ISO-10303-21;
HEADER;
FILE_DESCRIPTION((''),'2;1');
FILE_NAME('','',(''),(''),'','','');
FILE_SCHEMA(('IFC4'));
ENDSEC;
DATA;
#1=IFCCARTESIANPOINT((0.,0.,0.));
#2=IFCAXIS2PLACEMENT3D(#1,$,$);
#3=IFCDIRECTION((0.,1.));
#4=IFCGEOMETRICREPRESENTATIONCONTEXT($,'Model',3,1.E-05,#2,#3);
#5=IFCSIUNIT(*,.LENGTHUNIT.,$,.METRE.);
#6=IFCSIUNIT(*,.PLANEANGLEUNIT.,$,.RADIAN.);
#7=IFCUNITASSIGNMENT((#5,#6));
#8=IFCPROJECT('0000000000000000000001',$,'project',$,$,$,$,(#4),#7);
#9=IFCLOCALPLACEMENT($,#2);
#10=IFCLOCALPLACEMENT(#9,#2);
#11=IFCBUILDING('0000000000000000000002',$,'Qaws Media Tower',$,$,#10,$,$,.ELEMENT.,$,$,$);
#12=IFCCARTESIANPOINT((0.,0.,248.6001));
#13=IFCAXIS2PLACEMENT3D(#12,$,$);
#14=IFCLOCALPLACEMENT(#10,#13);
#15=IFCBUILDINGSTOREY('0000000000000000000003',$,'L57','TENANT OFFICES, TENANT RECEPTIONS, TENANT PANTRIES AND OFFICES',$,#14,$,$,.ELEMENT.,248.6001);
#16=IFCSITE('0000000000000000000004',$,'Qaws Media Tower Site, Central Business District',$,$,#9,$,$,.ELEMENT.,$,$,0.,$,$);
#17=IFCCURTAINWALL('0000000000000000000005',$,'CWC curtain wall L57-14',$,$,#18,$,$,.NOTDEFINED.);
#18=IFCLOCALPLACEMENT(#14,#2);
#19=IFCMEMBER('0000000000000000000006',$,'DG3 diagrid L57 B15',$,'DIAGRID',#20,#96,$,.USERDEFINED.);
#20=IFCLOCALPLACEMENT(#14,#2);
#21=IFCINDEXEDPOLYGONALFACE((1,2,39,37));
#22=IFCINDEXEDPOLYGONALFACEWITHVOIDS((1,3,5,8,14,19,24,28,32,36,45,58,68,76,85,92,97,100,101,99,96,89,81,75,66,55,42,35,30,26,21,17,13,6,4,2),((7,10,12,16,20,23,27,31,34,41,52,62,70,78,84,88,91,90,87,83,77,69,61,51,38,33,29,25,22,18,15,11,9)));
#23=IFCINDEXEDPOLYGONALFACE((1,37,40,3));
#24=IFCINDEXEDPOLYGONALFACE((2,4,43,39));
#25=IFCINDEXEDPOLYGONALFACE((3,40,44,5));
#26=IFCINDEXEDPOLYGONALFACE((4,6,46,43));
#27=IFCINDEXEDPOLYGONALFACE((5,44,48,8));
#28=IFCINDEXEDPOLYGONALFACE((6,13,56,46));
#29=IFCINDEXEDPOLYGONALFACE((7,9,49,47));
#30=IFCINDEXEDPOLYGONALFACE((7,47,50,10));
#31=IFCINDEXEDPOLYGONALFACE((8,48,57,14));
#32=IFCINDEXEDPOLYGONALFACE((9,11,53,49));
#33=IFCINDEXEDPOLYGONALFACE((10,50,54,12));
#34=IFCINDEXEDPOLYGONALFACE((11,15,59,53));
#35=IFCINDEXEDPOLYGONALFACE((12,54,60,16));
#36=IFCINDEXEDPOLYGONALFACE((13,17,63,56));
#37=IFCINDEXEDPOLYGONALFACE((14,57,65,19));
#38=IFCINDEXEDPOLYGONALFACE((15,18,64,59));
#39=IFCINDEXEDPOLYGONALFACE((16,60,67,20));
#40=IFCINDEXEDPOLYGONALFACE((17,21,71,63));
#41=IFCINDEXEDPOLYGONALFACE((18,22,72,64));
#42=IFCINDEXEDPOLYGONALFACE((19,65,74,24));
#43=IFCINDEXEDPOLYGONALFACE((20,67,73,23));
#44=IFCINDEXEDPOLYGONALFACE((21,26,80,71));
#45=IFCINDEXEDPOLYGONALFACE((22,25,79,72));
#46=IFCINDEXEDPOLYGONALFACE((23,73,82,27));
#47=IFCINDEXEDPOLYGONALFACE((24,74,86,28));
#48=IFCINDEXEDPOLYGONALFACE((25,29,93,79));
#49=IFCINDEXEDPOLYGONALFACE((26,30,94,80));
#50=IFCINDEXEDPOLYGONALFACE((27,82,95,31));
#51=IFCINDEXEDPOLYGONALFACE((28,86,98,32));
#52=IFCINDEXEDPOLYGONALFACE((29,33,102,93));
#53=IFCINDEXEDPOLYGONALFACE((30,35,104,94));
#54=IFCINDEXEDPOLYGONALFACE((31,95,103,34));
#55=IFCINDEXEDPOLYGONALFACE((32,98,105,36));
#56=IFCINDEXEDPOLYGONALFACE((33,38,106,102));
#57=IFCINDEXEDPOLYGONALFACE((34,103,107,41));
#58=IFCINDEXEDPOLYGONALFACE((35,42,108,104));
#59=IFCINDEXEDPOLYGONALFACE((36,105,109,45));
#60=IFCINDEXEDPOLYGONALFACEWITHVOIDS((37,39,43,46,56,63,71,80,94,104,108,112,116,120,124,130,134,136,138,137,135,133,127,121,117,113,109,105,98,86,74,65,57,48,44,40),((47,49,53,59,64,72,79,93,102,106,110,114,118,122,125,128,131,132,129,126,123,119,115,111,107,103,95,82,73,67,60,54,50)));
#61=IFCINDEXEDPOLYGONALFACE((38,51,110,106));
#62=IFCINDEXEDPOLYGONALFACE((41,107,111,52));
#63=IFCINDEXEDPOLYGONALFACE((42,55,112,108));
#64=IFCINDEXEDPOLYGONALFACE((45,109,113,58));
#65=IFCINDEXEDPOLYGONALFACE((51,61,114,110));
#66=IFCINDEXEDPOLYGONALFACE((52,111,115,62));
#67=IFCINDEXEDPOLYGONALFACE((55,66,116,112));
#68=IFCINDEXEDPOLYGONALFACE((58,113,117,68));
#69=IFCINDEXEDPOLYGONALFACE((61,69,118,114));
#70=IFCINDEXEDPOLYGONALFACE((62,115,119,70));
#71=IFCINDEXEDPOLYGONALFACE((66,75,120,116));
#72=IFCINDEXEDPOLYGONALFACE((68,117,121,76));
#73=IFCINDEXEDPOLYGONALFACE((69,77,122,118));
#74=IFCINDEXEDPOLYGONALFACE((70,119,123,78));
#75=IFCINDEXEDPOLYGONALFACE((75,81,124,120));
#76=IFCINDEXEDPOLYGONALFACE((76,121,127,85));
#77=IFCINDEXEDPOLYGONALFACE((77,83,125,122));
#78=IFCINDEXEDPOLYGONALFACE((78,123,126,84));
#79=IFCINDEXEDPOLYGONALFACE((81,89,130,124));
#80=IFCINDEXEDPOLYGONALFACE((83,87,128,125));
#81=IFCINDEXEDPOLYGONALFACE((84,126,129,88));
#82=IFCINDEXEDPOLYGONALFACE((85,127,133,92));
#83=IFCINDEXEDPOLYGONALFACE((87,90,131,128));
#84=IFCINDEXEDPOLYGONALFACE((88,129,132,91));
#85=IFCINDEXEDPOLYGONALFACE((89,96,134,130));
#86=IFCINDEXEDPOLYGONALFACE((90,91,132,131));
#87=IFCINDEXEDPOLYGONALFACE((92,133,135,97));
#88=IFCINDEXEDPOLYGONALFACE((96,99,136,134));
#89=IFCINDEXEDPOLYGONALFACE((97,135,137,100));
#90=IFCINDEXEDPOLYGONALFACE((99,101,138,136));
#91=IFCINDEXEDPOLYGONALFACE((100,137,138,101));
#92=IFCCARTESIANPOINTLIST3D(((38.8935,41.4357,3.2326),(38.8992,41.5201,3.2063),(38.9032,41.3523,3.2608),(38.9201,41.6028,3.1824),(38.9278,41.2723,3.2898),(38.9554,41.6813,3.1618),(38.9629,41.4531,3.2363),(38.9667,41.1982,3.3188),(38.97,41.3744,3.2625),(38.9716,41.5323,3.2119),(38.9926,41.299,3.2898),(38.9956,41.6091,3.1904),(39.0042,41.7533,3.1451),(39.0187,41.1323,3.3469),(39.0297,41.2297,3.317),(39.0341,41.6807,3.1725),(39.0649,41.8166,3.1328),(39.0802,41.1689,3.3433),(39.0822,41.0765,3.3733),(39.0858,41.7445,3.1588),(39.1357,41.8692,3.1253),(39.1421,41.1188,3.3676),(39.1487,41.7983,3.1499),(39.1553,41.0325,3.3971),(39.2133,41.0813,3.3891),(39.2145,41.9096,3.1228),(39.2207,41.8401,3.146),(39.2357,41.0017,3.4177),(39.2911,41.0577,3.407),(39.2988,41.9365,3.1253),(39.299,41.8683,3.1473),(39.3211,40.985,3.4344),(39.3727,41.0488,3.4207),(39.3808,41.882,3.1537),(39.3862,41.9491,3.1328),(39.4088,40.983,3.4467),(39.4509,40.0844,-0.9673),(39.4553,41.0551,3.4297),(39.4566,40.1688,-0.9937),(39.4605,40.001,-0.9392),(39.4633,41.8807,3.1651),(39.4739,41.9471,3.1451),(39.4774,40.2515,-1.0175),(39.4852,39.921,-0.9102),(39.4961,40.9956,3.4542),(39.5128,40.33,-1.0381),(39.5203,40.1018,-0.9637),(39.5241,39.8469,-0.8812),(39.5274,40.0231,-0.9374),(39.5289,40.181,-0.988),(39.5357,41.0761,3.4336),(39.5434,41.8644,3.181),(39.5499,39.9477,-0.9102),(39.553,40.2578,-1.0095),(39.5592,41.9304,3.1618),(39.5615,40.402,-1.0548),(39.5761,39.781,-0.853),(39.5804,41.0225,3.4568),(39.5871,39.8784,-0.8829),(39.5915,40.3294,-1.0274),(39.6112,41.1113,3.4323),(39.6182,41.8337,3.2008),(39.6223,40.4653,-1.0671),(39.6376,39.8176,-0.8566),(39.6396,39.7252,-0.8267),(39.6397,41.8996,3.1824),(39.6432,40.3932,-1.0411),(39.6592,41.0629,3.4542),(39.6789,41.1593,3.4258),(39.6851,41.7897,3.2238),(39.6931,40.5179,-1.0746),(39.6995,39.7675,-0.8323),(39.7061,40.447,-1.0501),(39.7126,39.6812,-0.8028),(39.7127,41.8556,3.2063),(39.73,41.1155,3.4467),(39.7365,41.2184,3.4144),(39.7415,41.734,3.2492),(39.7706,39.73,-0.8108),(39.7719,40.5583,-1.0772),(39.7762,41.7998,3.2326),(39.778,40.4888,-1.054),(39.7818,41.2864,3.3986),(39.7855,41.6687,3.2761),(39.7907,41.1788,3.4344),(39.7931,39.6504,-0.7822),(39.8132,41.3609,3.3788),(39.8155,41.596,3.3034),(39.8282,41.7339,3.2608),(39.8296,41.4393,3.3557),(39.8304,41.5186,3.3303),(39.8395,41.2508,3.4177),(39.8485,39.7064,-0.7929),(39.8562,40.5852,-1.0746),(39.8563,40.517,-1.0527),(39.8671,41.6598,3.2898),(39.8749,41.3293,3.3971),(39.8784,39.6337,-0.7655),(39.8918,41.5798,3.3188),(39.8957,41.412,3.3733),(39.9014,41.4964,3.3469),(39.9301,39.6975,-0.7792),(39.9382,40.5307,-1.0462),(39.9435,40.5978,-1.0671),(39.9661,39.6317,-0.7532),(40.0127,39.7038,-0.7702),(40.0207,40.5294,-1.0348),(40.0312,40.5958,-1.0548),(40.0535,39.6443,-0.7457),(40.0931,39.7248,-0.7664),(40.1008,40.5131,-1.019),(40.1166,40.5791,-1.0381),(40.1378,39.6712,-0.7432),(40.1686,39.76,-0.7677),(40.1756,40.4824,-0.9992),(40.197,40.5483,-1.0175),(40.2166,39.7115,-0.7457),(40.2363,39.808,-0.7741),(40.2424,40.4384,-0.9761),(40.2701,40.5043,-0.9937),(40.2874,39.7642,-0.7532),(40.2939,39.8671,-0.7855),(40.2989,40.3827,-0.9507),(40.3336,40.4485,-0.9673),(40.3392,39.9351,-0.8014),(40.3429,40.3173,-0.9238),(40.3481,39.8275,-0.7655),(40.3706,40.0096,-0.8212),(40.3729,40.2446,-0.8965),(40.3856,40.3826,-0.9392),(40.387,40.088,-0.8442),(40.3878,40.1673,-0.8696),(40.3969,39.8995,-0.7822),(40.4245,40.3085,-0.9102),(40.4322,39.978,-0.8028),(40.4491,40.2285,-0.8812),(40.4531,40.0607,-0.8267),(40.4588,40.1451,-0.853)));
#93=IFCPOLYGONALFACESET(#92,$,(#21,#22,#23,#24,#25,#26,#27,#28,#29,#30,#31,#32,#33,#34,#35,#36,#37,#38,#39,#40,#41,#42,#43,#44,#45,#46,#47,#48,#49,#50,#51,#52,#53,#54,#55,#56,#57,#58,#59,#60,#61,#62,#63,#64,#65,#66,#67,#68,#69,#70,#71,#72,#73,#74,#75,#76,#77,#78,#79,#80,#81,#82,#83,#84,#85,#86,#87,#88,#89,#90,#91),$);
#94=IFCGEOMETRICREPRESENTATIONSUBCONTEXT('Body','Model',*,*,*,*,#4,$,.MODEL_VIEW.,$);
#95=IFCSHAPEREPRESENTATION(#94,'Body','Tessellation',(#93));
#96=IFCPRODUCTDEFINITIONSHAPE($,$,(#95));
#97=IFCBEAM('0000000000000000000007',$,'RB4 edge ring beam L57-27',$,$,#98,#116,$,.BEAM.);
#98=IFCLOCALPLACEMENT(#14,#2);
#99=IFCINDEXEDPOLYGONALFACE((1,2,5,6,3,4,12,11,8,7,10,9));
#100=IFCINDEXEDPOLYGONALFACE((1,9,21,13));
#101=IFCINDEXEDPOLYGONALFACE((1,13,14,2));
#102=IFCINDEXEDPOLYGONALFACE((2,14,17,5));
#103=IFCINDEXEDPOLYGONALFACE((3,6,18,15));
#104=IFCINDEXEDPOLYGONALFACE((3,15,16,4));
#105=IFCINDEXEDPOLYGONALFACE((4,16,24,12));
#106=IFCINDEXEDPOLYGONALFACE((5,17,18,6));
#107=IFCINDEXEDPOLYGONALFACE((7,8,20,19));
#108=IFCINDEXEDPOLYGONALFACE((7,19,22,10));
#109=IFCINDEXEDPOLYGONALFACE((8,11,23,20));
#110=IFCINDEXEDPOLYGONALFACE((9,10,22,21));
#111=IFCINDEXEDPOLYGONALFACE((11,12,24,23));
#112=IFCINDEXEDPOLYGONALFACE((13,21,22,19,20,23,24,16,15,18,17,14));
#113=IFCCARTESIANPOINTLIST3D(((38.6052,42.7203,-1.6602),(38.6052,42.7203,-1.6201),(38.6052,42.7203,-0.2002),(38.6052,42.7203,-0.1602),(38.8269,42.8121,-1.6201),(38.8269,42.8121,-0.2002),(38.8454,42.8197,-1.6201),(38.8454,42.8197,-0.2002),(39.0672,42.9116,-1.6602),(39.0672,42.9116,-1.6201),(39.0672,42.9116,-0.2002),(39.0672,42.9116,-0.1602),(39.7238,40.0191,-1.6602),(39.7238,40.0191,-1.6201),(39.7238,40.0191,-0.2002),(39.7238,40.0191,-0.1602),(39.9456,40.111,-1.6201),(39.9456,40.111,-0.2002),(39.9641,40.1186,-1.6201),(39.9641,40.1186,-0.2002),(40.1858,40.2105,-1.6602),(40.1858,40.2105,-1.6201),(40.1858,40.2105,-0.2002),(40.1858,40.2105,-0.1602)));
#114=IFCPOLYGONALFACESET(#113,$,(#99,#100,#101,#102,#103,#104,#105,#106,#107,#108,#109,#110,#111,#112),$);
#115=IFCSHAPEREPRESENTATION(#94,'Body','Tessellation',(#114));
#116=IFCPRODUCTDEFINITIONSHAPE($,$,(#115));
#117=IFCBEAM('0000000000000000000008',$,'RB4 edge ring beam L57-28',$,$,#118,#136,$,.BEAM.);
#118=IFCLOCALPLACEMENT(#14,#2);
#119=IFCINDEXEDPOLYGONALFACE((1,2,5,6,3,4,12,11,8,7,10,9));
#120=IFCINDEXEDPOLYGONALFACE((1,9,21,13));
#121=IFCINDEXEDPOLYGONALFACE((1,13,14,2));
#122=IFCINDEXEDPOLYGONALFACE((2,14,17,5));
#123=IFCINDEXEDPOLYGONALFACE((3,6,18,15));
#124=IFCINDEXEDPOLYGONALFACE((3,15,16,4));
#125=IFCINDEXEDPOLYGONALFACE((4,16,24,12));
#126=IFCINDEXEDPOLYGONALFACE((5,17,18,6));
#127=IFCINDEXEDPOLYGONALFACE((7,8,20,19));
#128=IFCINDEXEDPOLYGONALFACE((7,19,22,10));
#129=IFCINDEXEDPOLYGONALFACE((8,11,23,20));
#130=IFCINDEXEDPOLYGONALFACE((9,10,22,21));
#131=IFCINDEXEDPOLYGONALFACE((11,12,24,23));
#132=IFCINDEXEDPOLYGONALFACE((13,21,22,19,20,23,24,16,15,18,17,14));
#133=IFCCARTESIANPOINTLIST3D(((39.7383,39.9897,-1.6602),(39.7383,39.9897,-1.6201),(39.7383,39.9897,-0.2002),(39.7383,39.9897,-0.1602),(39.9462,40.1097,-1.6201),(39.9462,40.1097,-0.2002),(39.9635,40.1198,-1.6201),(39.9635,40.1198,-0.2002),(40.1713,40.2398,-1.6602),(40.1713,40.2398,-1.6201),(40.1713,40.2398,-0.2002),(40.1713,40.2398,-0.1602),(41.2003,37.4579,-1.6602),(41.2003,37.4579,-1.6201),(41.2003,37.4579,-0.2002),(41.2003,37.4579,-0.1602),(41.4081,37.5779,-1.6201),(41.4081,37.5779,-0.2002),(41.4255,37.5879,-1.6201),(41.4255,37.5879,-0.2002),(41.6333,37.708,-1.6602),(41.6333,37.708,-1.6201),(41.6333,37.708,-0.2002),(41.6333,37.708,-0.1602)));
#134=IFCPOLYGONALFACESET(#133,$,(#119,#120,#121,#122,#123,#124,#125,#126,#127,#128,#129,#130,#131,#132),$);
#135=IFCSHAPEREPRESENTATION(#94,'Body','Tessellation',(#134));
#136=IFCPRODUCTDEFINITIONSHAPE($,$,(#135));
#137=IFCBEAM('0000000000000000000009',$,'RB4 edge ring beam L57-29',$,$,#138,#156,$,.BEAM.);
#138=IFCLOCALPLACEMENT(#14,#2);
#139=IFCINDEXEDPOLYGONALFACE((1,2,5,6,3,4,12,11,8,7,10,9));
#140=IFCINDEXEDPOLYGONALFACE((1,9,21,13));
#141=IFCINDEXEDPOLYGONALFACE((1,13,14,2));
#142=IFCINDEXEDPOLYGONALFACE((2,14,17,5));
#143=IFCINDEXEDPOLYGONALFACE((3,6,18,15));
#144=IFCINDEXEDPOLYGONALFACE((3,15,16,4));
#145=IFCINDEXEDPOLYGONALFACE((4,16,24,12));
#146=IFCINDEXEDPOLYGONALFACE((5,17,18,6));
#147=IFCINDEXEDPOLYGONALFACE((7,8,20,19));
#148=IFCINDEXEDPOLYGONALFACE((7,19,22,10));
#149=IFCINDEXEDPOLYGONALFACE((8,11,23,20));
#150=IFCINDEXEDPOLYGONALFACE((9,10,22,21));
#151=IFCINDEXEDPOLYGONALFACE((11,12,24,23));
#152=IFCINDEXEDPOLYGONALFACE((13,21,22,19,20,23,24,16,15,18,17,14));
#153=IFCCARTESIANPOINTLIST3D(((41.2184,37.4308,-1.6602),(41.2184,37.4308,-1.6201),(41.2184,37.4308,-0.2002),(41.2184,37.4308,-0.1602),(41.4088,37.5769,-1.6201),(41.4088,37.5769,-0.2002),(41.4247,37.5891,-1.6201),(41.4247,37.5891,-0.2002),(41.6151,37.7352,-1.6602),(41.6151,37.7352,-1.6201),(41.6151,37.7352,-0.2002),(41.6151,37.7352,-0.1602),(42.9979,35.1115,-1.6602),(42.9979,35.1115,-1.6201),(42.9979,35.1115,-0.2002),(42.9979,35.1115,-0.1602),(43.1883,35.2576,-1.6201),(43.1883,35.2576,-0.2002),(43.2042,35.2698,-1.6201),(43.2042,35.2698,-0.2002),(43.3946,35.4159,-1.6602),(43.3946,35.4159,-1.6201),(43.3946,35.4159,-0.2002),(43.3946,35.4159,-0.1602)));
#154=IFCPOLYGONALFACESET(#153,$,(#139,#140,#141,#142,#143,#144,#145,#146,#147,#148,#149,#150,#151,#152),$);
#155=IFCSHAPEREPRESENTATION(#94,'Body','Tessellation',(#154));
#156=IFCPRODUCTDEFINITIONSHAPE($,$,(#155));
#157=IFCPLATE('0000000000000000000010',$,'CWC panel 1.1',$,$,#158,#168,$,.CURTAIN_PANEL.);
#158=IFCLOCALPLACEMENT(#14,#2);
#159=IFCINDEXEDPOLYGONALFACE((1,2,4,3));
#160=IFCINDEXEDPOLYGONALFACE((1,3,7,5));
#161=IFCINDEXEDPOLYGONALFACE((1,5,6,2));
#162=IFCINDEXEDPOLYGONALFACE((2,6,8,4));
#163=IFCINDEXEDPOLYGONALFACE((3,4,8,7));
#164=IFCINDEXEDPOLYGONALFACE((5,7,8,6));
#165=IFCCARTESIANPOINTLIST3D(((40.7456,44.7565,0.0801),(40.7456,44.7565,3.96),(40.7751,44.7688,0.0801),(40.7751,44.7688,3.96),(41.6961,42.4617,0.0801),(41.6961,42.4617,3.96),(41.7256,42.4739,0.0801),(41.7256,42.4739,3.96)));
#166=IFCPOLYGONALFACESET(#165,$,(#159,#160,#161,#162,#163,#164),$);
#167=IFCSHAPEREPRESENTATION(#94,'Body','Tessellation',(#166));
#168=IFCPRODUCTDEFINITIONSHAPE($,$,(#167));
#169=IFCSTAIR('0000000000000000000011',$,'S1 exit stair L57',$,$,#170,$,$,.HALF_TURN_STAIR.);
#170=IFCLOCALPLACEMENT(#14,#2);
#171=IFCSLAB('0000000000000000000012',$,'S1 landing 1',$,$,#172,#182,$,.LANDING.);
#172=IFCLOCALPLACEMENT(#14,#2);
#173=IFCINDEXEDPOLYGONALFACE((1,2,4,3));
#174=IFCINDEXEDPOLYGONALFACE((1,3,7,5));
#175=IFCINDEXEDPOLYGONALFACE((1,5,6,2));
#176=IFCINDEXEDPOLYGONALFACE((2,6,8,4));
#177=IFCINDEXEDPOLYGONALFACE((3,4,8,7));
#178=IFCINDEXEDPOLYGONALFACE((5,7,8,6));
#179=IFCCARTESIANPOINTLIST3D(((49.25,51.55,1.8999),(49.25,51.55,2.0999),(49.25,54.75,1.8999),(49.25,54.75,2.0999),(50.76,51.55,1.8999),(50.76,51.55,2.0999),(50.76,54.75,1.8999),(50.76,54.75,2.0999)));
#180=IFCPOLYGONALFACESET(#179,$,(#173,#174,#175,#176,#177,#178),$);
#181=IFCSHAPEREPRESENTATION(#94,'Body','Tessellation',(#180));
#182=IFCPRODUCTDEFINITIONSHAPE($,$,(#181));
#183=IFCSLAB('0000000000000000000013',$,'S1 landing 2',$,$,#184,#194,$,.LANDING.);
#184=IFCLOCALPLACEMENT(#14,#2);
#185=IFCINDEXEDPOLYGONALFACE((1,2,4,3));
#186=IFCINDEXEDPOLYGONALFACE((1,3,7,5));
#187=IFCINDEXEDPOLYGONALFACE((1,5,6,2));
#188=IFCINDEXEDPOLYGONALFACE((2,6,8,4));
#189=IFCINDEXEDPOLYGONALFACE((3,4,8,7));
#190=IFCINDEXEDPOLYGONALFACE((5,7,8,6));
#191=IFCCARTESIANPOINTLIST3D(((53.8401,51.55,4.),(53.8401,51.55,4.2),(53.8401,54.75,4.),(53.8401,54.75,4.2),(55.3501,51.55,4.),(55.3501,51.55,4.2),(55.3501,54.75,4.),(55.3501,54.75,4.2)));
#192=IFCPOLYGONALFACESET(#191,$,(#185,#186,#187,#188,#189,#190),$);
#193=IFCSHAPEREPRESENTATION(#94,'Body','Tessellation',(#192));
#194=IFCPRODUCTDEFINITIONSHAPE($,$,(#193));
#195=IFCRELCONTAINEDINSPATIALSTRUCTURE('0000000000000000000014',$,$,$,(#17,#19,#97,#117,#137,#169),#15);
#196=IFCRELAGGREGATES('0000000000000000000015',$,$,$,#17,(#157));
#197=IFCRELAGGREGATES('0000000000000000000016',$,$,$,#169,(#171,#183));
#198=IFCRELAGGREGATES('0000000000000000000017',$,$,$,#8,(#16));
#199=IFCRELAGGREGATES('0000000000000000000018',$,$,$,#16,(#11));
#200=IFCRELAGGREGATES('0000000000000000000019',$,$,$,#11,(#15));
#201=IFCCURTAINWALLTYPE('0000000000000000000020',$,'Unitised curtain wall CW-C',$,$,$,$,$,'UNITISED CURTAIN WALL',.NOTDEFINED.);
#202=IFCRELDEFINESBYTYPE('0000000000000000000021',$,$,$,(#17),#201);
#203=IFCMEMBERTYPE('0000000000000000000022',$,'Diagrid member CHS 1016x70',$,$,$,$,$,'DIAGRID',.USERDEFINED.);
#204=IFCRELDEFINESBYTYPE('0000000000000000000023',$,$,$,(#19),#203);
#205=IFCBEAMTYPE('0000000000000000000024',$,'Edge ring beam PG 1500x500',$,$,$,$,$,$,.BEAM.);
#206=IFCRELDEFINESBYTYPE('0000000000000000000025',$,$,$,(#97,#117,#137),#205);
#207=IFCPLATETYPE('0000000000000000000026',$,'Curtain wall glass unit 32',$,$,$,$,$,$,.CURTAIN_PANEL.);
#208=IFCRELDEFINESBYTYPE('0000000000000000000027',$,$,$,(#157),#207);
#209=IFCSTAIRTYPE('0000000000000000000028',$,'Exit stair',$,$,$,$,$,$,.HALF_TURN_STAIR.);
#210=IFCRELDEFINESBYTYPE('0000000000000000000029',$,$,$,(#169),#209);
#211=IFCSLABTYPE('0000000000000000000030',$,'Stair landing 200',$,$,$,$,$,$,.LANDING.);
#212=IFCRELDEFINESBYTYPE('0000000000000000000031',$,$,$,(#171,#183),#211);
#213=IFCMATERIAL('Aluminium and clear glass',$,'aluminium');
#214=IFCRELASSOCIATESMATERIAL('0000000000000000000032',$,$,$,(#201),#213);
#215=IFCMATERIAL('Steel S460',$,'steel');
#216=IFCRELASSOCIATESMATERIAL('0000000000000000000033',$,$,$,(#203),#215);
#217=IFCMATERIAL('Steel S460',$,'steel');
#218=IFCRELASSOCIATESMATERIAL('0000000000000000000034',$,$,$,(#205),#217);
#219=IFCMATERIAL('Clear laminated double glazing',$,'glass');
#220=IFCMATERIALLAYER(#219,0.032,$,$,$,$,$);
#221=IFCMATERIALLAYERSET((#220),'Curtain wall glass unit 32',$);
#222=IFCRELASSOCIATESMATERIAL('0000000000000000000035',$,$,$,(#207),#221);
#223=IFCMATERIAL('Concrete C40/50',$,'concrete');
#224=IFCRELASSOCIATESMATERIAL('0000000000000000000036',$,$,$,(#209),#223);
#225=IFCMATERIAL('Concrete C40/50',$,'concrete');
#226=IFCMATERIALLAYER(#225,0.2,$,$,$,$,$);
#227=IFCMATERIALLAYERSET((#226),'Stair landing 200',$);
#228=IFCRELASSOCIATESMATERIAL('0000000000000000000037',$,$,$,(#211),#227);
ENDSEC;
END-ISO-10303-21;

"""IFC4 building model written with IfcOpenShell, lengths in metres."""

from ifc_helpers import new_model, si_unit, direction, frame, origin, origin_2d, place, context, subcontext, project, spatial, polyline, rectangle, hollow_circle, i_section, outline, extrude, material, layer, layer_set, material_profile, profile_set, type_object, element, aggregate, save


model = new_model("IFC4")

# Units and contexts
model_context = context("Model", 3, precision=1e-05, world=origin(), true_north=direction((0.0, 1.0)))
body_context = subcontext(model_context, "Body", "Model", "MODEL_VIEW")
ifc_project = project(units=[si_unit("LENGTHUNIT", "METRE"), si_unit("PLANEANGLEUNIT", "RADIAN")], contexts=[model_context])

# Site, building, storey
site_placement = place(None, origin())
site = spatial("IfcSite", under=ifc_project, at=site_placement, Name="Qaws Media Tower Site, Central Business District", CompositionType="ELEMENT", RefElevation=0.0)
building_placement = place(site_placement, origin())
building = spatial("IfcBuilding", under=site, at=building_placement, Name="Qaws Media Tower", CompositionType="ELEMENT")
storey_placement = place(building_placement, frame((0.0, 0.0, 248.6001)))
storey = spatial("IfcBuildingStorey", under=building, at=storey_placement, Name="L57", Description="TENANT OFFICES, TENANT RECEPTIONS, TENANT PANTRIES AND OFFICES", CompositionType="ELEMENT", Elevation=248.6001)

# Curtain wall
ifc_material_1 = material(Name="Aluminium and clear glass", Category="aluminium")
curtain_wall_type = type_object("IfcCurtainWallType", Name="Unitised curtain wall CW-C", ElementType="UNITISED CURTAIN WALL", PredefinedType="NOTDEFINED", material=ifc_material_1)
curtain_wall_placement = place(storey_placement, origin())
curtain_wall = element("IfcCurtainWall", 1, at=curtain_wall_placement, inside=storey, type_object=curtain_wall_type, Name="CWC curtain wall L57-14", PredefinedType="NOTDEFINED")

# Member
ifc_material_2 = material(Name="Steel S460", Category="steel")
ifc_material_profile_1 = material_profile(ifc_material_2, hollow_circle(Radius=0.5081, WallThickness=0.0701, at=origin_2d()), Name="CHS 1016x70")
ifc_profile_set_1 = profile_set([ifc_material_profile_1], Name="Steel S460")
member_type_1 = type_object("IfcMemberType", Name="Diagrid member CHS 1016x70", ElementType="DIAGRID", PredefinedType="USERDEFINED", material=ifc_profile_set_1)
for number, where, z_axis, x_axis, name in (
    (2, (39.9548, 40.1147, -0.9102), (-0.125335, 0.303868, 0.944434), (-0.92445, -0.381304, 0.0), "DG3 diagrid L57 B15"),
):
    element("IfcMember", number, at=place(storey_placement, frame(where, z_axis=z_axis, x_axis=x_axis)), inside=storey, type_object=member_type_1, Name=name, ObjectType="DIAGRID", PredefinedType="USERDEFINED", context=body_context, shape_type="SweptSolid", body=[
        extrude(hollow_circle(Radius=0.5081, WallThickness=0.0701, at=origin_2d()), origin(), (0.0, 0.0, 1.0), 4.447),
    ])

# Beams
ifc_material_3 = material(Name="Steel S460", Category="steel")
ifc_material_profile_2 = material_profile(ifc_material_3, i_section(OverallWidth=0.5, OverallDepth=1.5, WebThickness=0.02, FlangeThickness=0.04, at=origin_2d()), Name="PG 1500x500")
ifc_profile_set_2 = profile_set([ifc_material_profile_2], Name="Steel S460")
beam_type = type_object("IfcBeamType", Name="Edge ring beam PG 1500x500", PredefinedType="BEAM", material=ifc_profile_set_2)
for number, where, z_axis, x_axis, name in (
    (3, (38.8362, 42.8159, -0.9102), (0.382622, -0.923905, 0.0), (0.923905, 0.382622, 0.0), "RB4 edge ring beam L57-27"),
    (4, (39.9548, 40.1147, -0.9102), (0.500055, -0.865994, 0.0), (0.865994, 0.500055, 0.0), "RB4 edge ring beam L57-28"),
):
    element("IfcBeam", number, at=place(storey_placement, frame(where, z_axis=z_axis, x_axis=x_axis)), inside=storey, type_object=beam_type, Name=name, PredefinedType="BEAM", context=body_context, shape_type="SweptSolid", body=[
        extrude(i_section(OverallWidth=0.5, OverallDepth=1.5, WebThickness=0.02, FlangeThickness=0.04, at=origin_2d()), origin(), (0.0, 0.0, 1.0), 2.9236),
    ])
beam_placement = place(storey_placement, frame((41.4167, 37.583, -0.9102), z_axis=(0.60873, -0.793378, 0.0), x_axis=(0.793378, 0.60873, 0.0)))
element("IfcBeam", 5, at=beam_placement, inside=storey, type_object=beam_type, Name="RB4 edge ring beam L57-29", PredefinedType="BEAM", context=body_context, shape_type="SweptSolid", body=[
    extrude(i_section(OverallWidth=0.5, OverallDepth=1.5, WebThickness=0.02, FlangeThickness=0.04, at=origin_2d()), origin(), (0.0, 0.0, 1.0), 2.9233),
])

# Plate
ifc_material_4 = material(Name="Clear laminated double glazing", Category="glass")
ifc_layer_1 = layer(ifc_material_4, 0.032)
ifc_layer_set_1 = layer_set([ifc_layer_1], Name="Curtain wall glass unit 32")
plate_type = type_object("IfcPlateType", Name="Curtain wall glass unit 32", PredefinedType="CURTAIN_PANEL", material=ifc_layer_set_1)
plate_placement = place(storey_placement, frame((41.2356, 43.6152, 0.0801), z_axis=(0.0, 0.0, 1.0), x_axis=(0.382683, -0.92388, 0.0)))
plate = element("IfcPlate", 6, at=plate_placement, type_object=plate_type, Name="CWC panel 1.1", PredefinedType="CURTAIN_PANEL", context=body_context, shape_type="SweptSolid", body=[
    extrude(rectangle(XDim=2.4839, YDim=0.032, at=origin_2d()), origin(), (0.0, 0.0, 1.0), 3.8799),
])
aggregate(curtain_wall, [plate])

# Stair, slabs
ifc_material_5 = material(Name="Concrete C40/50", Category="concrete")
stair_type = type_object("IfcStairType", Name="Exit stair", PredefinedType="HALF_TURN_STAIR", material=ifc_material_5)
stair_1_placement = place(storey_placement, origin())
stair_1 = element("IfcStair", 7, at=stair_1_placement, inside=storey, type_object=stair_type, Name="S1 exit stair L57", PredefinedType="HALF_TURN_STAIR")
ifc_material_6 = material(Name="Concrete C40/50", Category="concrete")
ifc_layer_2 = layer(ifc_material_6, 0.2)
ifc_layer_set_2 = layer_set([ifc_layer_2], Name="Stair landing 200")
slab_type = type_object("IfcSlabType", Name="Stair landing 200", PredefinedType="LANDING", material=ifc_layer_set_2)
slab_1_placement = place(storey_placement, frame((0.0, 0.0, 1.8999)))
slab_1 = element("IfcSlab", 8, at=slab_1_placement, type_object=slab_type, Name="S1 landing 1", PredefinedType="LANDING", context=body_context, shape_type="SweptSolid", body=[
    extrude(outline(polyline([(49.25, 51.55), (50.76, 51.55), (50.76, 54.75), (49.25, 54.75), (49.25, 51.55)])), origin(), (0.0, 0.0, 1.0), 0.2),
])
slab_2_placement = place(storey_placement, frame((0.0, 0.0, 4.0)))
slab_2 = element("IfcSlab", 9, at=slab_2_placement, type_object=slab_type, Name="S1 landing 2", PredefinedType="LANDING", context=body_context, shape_type="SweptSolid", body=[
    extrude(outline(polyline([(53.8401, 51.55), (55.3501, 51.55), (55.3501, 54.75), (53.8401, 54.75), (53.8401, 51.55)])), origin(), (0.0, 0.0, 1.0), 0.2),
])
aggregate(stair_1, [slab_1, slab_2])

save(model, "model.ifc")
